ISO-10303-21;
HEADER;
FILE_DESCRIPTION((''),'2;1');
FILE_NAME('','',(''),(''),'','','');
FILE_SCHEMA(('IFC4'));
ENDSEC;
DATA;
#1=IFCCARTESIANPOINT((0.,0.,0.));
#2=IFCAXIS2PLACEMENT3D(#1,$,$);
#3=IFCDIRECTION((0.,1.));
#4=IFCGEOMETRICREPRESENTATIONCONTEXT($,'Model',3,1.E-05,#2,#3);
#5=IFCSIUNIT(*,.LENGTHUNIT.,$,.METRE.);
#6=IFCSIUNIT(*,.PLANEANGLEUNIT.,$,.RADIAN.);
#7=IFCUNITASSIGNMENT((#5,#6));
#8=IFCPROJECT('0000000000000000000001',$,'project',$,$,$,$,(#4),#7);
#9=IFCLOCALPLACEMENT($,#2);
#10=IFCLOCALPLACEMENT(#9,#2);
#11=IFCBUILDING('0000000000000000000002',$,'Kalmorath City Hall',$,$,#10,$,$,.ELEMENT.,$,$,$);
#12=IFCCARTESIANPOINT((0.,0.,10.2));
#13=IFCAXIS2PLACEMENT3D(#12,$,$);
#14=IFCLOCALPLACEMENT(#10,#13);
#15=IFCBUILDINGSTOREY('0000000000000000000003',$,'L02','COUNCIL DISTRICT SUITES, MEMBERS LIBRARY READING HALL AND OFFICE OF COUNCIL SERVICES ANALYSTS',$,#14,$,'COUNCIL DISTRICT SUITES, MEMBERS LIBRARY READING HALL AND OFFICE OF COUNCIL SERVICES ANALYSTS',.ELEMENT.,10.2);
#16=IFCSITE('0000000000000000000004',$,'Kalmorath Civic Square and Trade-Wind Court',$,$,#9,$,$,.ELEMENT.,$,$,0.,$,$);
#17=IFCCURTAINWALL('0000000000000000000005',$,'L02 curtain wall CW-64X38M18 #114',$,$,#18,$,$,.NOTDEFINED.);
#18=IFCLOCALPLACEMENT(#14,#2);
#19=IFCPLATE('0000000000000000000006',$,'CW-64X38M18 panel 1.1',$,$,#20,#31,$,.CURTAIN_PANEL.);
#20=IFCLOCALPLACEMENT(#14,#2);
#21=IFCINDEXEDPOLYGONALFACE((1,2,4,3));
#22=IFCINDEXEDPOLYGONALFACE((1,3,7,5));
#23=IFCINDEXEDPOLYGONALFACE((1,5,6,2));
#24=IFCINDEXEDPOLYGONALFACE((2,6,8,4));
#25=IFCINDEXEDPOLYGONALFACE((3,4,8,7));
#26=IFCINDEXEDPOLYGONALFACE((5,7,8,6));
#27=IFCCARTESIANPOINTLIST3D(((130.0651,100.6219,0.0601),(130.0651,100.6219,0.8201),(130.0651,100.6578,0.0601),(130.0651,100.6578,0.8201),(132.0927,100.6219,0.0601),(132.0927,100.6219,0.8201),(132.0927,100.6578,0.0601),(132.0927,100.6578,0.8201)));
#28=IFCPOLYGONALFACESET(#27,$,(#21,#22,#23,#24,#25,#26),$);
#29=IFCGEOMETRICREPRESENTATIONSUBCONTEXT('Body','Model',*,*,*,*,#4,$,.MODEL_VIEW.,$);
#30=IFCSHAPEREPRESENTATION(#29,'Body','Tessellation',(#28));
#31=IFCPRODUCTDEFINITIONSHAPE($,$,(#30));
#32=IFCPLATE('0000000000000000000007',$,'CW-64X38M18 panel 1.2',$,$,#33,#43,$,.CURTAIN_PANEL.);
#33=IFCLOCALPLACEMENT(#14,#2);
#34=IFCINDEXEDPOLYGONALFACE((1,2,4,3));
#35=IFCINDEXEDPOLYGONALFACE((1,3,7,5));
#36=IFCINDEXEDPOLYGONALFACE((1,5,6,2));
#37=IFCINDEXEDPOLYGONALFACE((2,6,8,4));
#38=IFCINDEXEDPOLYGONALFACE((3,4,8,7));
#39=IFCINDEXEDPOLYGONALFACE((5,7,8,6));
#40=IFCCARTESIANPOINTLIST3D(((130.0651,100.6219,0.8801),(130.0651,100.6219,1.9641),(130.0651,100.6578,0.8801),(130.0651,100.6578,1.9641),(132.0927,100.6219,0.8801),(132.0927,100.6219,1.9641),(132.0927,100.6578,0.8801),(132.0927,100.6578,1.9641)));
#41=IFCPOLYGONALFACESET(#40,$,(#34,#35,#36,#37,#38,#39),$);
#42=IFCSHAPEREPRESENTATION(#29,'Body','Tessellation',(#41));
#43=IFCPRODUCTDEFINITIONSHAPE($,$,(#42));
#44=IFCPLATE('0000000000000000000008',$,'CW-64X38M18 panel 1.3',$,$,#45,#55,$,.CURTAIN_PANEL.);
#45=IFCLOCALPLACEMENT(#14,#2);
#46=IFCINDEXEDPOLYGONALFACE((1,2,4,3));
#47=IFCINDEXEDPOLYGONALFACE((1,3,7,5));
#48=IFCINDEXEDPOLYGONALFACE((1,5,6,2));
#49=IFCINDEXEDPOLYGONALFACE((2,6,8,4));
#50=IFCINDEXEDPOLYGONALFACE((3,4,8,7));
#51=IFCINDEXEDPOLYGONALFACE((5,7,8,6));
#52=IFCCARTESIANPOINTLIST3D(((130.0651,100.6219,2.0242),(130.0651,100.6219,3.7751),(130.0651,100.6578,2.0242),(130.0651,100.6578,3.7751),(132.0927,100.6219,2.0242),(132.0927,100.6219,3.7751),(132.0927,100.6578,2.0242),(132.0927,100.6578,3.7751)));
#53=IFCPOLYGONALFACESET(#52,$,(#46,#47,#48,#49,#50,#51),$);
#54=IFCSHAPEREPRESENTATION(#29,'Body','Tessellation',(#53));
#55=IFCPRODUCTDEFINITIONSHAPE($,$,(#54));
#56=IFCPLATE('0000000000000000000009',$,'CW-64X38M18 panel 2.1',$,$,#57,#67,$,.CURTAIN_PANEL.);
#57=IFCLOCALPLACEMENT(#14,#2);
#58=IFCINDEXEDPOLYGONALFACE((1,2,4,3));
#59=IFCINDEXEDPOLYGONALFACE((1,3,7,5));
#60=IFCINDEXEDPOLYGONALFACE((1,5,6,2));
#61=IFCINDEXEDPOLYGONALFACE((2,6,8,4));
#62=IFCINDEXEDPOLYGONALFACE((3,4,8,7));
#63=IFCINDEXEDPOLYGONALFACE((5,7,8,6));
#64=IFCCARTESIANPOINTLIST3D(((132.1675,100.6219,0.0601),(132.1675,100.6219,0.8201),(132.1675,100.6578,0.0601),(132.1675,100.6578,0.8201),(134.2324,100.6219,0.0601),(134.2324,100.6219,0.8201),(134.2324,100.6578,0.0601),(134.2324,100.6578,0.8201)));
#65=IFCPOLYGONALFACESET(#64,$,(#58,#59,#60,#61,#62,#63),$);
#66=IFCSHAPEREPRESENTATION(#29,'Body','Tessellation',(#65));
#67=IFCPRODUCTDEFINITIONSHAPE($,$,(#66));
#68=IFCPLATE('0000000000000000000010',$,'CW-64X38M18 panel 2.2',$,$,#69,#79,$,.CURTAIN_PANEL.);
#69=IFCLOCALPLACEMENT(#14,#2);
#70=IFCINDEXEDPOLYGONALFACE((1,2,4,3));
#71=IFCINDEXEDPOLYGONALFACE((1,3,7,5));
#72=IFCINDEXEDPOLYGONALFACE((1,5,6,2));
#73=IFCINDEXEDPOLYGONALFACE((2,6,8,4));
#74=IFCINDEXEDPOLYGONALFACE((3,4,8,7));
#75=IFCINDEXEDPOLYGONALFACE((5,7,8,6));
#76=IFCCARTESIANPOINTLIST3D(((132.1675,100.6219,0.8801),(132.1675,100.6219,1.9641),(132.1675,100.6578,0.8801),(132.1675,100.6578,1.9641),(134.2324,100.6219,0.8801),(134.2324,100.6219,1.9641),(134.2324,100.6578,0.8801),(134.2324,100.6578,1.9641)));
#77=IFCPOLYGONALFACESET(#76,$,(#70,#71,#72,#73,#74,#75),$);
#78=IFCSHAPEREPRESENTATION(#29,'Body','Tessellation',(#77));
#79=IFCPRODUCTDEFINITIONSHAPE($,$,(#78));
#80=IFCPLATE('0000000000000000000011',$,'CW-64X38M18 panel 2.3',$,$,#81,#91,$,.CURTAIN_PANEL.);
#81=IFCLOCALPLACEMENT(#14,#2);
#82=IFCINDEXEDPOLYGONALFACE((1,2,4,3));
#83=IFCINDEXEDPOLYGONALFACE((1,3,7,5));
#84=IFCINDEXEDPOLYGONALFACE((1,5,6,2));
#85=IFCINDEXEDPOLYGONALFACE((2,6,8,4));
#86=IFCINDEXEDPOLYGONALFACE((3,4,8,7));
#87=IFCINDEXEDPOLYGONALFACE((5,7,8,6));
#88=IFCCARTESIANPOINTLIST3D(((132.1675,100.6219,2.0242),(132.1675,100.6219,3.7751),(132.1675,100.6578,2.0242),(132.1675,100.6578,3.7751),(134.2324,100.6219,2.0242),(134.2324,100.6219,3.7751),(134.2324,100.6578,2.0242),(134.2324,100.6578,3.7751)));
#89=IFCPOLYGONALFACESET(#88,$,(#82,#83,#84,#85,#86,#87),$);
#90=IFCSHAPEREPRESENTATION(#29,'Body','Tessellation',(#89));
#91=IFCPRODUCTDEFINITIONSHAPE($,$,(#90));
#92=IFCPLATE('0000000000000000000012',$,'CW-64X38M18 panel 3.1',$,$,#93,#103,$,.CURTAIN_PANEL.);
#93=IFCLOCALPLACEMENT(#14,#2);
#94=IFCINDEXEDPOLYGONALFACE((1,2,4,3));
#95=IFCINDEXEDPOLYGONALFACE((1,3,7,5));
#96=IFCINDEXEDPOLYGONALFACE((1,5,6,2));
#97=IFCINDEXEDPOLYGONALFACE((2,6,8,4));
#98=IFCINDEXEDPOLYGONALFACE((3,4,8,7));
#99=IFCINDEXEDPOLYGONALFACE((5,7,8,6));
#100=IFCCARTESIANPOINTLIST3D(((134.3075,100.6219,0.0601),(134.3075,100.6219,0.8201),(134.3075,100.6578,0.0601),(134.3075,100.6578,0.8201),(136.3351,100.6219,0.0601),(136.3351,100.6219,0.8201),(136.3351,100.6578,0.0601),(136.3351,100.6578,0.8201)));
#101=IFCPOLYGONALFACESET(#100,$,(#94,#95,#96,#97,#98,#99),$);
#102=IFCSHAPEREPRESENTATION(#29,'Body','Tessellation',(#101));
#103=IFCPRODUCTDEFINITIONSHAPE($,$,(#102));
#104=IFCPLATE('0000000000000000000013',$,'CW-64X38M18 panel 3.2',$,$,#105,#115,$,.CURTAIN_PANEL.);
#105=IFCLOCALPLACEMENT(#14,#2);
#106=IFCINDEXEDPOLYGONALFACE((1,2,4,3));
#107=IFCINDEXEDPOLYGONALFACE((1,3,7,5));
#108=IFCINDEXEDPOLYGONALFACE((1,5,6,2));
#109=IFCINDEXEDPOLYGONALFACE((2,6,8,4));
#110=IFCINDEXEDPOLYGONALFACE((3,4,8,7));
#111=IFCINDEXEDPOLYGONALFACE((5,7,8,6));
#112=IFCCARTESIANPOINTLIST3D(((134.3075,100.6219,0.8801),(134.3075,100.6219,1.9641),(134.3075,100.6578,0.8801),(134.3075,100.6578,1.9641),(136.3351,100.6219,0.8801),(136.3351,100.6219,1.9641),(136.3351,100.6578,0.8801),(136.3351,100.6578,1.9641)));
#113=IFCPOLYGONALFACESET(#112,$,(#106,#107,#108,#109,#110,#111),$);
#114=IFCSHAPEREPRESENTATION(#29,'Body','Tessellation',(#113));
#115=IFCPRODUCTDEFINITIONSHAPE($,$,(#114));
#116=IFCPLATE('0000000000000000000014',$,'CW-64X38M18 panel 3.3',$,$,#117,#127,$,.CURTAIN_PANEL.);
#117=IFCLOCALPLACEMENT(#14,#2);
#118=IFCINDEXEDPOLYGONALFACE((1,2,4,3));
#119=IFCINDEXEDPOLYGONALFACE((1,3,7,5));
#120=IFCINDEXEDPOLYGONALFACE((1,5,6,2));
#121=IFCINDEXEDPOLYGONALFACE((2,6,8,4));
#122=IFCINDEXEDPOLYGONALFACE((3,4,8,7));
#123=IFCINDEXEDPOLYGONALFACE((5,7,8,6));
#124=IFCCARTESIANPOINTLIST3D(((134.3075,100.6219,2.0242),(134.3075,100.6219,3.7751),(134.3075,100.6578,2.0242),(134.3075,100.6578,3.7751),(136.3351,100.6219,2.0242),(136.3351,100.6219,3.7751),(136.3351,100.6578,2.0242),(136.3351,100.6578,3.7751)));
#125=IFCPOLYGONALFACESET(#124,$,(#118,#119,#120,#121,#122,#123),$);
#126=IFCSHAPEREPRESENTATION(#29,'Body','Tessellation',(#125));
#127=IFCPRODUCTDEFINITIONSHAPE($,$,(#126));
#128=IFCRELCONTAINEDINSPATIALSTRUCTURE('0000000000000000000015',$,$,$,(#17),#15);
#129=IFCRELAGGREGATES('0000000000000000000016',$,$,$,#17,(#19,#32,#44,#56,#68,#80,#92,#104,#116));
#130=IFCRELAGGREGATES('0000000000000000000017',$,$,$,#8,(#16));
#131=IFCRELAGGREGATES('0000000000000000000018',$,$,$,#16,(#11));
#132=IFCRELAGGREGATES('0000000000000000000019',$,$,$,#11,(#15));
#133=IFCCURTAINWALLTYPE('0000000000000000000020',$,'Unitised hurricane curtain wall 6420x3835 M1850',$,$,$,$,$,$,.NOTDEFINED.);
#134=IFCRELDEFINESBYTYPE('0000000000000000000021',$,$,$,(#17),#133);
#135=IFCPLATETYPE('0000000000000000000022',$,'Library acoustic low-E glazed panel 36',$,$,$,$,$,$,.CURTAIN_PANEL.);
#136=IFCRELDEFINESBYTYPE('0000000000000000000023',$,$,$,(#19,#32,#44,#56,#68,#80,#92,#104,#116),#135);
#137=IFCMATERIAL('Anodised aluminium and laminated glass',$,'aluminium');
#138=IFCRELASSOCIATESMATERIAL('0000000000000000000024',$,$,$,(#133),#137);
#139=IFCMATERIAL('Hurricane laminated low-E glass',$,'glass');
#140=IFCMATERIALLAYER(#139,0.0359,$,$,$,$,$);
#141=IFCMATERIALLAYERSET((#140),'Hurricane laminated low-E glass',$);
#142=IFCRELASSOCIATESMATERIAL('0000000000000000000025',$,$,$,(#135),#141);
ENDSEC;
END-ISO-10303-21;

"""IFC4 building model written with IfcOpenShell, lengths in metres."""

from ifc_helpers import new_model, si_unit, direction, frame, origin, origin_2d, place, context, subcontext, project, spatial, rectangle, extrude, material, layer, layer_set, type_object, element, aggregate, save


model = new_model("IFC4")

# Units and contexts
model_context = context("Model", 3, precision=1e-05, world=origin(), true_north=direction((0.0, 1.0)))
body_context = subcontext(model_context, "Body", "Model", "MODEL_VIEW")
ifc_project = project(units=[si_unit("LENGTHUNIT", "METRE"), si_unit("PLANEANGLEUNIT", "RADIAN")], contexts=[model_context])

# Site, building, storey
site_placement = place(None, origin())
site = spatial("IfcSite", under=ifc_project, at=site_placement, Name="Kalmorath Civic Square and Trade-Wind Court", CompositionType="ELEMENT", RefElevation=0.0)
building_placement = place(site_placement, origin())
building = spatial("IfcBuilding", under=site, at=building_placement, Name="Kalmorath City Hall", CompositionType="ELEMENT")
storey_placement = place(building_placement, frame((0.0, 0.0, 10.2)))
storey = spatial("IfcBuildingStorey", under=building, at=storey_placement, Name="L02", Description="COUNCIL DISTRICT SUITES, MEMBERS LIBRARY READING HALL AND OFFICE OF COUNCIL SERVICES ANALYSTS", LongName="COUNCIL DISTRICT SUITES, MEMBERS LIBRARY READING HALL AND OFFICE OF COUNCIL SERVICES ANALYSTS", CompositionType="ELEMENT", Elevation=10.2)

# Curtain wall
ifc_material_1 = material(Name="Anodised aluminium and laminated glass", Category="aluminium")
curtain_wall_type = type_object("IfcCurtainWallType", Name="Unitised hurricane curtain wall 6420x3835 M1850", PredefinedType="NOTDEFINED", material=ifc_material_1)
curtain_wall_placement = place(storey_placement, origin())
curtain_wall = element("IfcCurtainWall", 1, at=curtain_wall_placement, inside=storey, type_object=curtain_wall_type, Name="L02 curtain wall CW-64X38M18 #114", PredefinedType="NOTDEFINED")

# Plates
ifc_material_2 = material(Name="Hurricane laminated low-E glass", Category="glass")
ifc_layer = layer(ifc_material_2, 0.0359)
ifc_layer_set = layer_set([ifc_layer], Name="Hurricane laminated low-E glass")
plate_type = type_object("IfcPlateType", Name="Library acoustic low-E glazed panel 36", PredefinedType="CURTAIN_PANEL", material=ifc_layer_set)
plate_1_placement = place(storey_placement, frame((131.0789, 100.6399, 0.0601), z_axis=(0.0, 0.0, 1.0), x_axis=(1.0, 0.0, 0.0)))
plate_1 = element("IfcPlate", 2, at=plate_1_placement, type_object=plate_type, Name="CW-64X38M18 panel 1.1", PredefinedType="CURTAIN_PANEL", context=body_context, shape_type="SweptSolid", body=[
    extrude(rectangle(XDim=2.0276, YDim=0.0359, at=origin_2d()), origin(), (0.0, 0.0, 1.0), 0.76),
])
plate_2_placement = place(storey_placement, frame((131.0789, 100.6399, 0.8801), z_axis=(0.0, 0.0, 1.0), x_axis=(1.0, 0.0, 0.0)))
plate_2 = element("IfcPlate", 3, at=plate_2_placement, type_object=plate_type, Name="CW-64X38M18 panel 1.2", PredefinedType="CURTAIN_PANEL", context=body_context, shape_type="SweptSolid", body=[
    extrude(rectangle(XDim=2.0276, YDim=0.0359, at=origin_2d()), origin(), (0.0, 0.0, 1.0), 1.084),
])
plate_3_placement = place(storey_placement, frame((131.0789, 100.6399, 2.0242), z_axis=(0.0, 0.0, 1.0), x_axis=(1.0, 0.0, 0.0)))
plate_3 = element("IfcPlate", 4, at=plate_3_placement, type_object=plate_type, Name="CW-64X38M18 panel 1.3", PredefinedType="CURTAIN_PANEL", context=body_context, shape_type="SweptSolid", body=[
    extrude(rectangle(XDim=2.0276, YDim=0.0359, at=origin_2d()), origin(), (0.0, 0.0, 1.0), 1.751),
])
plate_4_placement = place(storey_placement, frame((133.2, 100.6399, 0.0601), z_axis=(0.0, 0.0, 1.0), x_axis=(1.0, 0.0, 0.0)))
plate_4 = element("IfcPlate", 5, at=plate_4_placement, type_object=plate_type, Name="CW-64X38M18 panel 2.1", PredefinedType="CURTAIN_PANEL", context=body_context, shape_type="SweptSolid", body=[
    extrude(rectangle(XDim=2.0649, YDim=0.0359, at=origin_2d()), origin(), (0.0, 0.0, 1.0), 0.76),
])
plate_5_placement = place(storey_placement, frame((133.2, 100.6399, 0.8801), z_axis=(0.0, 0.0, 1.0), x_axis=(1.0, 0.0, 0.0)))
plate_5 = element("IfcPlate", 6, at=plate_5_placement, type_object=plate_type, Name="CW-64X38M18 panel 2.2", PredefinedType="CURTAIN_PANEL", context=body_context, shape_type="SweptSolid", body=[
    extrude(rectangle(XDim=2.0649, YDim=0.0359, at=origin_2d()), origin(), (0.0, 0.0, 1.0), 1.084),
])
plate_6_placement = place(storey_placement, frame((133.2, 100.6399, 2.0242), z_axis=(0.0, 0.0, 1.0), x_axis=(1.0, 0.0, 0.0)))
plate_6 = element("IfcPlate", 7, at=plate_6_placement, type_object=plate_type, Name="CW-64X38M18 panel 2.3", PredefinedType="CURTAIN_PANEL", context=body_context, shape_type="SweptSolid", body=[
    extrude(rectangle(XDim=2.0649, YDim=0.0359, at=origin_2d()), origin(), (0.0, 0.0, 1.0), 1.751),
])
plate_7_placement = place(storey_placement, frame((135.3213, 100.6399, 0.0601), z_axis=(0.0, 0.0, 1.0), x_axis=(1.0, 0.0, 0.0)))
plate_7 = element("IfcPlate", 8, at=plate_7_placement, type_object=plate_type, Name="CW-64X38M18 panel 3.1", PredefinedType="CURTAIN_PANEL", context=body_context, shape_type="SweptSolid", body=[
    extrude(rectangle(XDim=2.0276, YDim=0.0359, at=origin_2d()), origin(), (0.0, 0.0, 1.0), 0.76),
])
plate_8_placement = place(storey_placement, frame((135.3213, 100.6399, 0.8801), z_axis=(0.0, 0.0, 1.0), x_axis=(1.0, 0.0, 0.0)))
plate_8 = element("IfcPlate", 9, at=plate_8_placement, type_object=plate_type, Name="CW-64X38M18 panel 3.2", PredefinedType="CURTAIN_PANEL", context=body_context, shape_type="SweptSolid", body=[
    extrude(rectangle(XDim=2.0276, YDim=0.0359, at=origin_2d()), origin(), (0.0, 0.0, 1.0), 1.084),
])
plate_9_placement = place(storey_placement, frame((135.3213, 100.6399, 2.0242), z_axis=(0.0, 0.0, 1.0), x_axis=(1.0, 0.0, 0.0)))
plate_9 = element("IfcPlate", 10, at=plate_9_placement, type_object=plate_type, Name="CW-64X38M18 panel 3.3", PredefinedType="CURTAIN_PANEL", context=body_context, shape_type="SweptSolid", body=[
    extrude(rectangle(XDim=2.0276, YDim=0.0359, at=origin_2d()), origin(), (0.0, 0.0, 1.0), 1.751),
])
aggregate(curtain_wall, [plate_1, plate_2, plate_3, plate_4, plate_5, plate_6, plate_7, plate_8, plate_9])

save(model, "model.ifc")
